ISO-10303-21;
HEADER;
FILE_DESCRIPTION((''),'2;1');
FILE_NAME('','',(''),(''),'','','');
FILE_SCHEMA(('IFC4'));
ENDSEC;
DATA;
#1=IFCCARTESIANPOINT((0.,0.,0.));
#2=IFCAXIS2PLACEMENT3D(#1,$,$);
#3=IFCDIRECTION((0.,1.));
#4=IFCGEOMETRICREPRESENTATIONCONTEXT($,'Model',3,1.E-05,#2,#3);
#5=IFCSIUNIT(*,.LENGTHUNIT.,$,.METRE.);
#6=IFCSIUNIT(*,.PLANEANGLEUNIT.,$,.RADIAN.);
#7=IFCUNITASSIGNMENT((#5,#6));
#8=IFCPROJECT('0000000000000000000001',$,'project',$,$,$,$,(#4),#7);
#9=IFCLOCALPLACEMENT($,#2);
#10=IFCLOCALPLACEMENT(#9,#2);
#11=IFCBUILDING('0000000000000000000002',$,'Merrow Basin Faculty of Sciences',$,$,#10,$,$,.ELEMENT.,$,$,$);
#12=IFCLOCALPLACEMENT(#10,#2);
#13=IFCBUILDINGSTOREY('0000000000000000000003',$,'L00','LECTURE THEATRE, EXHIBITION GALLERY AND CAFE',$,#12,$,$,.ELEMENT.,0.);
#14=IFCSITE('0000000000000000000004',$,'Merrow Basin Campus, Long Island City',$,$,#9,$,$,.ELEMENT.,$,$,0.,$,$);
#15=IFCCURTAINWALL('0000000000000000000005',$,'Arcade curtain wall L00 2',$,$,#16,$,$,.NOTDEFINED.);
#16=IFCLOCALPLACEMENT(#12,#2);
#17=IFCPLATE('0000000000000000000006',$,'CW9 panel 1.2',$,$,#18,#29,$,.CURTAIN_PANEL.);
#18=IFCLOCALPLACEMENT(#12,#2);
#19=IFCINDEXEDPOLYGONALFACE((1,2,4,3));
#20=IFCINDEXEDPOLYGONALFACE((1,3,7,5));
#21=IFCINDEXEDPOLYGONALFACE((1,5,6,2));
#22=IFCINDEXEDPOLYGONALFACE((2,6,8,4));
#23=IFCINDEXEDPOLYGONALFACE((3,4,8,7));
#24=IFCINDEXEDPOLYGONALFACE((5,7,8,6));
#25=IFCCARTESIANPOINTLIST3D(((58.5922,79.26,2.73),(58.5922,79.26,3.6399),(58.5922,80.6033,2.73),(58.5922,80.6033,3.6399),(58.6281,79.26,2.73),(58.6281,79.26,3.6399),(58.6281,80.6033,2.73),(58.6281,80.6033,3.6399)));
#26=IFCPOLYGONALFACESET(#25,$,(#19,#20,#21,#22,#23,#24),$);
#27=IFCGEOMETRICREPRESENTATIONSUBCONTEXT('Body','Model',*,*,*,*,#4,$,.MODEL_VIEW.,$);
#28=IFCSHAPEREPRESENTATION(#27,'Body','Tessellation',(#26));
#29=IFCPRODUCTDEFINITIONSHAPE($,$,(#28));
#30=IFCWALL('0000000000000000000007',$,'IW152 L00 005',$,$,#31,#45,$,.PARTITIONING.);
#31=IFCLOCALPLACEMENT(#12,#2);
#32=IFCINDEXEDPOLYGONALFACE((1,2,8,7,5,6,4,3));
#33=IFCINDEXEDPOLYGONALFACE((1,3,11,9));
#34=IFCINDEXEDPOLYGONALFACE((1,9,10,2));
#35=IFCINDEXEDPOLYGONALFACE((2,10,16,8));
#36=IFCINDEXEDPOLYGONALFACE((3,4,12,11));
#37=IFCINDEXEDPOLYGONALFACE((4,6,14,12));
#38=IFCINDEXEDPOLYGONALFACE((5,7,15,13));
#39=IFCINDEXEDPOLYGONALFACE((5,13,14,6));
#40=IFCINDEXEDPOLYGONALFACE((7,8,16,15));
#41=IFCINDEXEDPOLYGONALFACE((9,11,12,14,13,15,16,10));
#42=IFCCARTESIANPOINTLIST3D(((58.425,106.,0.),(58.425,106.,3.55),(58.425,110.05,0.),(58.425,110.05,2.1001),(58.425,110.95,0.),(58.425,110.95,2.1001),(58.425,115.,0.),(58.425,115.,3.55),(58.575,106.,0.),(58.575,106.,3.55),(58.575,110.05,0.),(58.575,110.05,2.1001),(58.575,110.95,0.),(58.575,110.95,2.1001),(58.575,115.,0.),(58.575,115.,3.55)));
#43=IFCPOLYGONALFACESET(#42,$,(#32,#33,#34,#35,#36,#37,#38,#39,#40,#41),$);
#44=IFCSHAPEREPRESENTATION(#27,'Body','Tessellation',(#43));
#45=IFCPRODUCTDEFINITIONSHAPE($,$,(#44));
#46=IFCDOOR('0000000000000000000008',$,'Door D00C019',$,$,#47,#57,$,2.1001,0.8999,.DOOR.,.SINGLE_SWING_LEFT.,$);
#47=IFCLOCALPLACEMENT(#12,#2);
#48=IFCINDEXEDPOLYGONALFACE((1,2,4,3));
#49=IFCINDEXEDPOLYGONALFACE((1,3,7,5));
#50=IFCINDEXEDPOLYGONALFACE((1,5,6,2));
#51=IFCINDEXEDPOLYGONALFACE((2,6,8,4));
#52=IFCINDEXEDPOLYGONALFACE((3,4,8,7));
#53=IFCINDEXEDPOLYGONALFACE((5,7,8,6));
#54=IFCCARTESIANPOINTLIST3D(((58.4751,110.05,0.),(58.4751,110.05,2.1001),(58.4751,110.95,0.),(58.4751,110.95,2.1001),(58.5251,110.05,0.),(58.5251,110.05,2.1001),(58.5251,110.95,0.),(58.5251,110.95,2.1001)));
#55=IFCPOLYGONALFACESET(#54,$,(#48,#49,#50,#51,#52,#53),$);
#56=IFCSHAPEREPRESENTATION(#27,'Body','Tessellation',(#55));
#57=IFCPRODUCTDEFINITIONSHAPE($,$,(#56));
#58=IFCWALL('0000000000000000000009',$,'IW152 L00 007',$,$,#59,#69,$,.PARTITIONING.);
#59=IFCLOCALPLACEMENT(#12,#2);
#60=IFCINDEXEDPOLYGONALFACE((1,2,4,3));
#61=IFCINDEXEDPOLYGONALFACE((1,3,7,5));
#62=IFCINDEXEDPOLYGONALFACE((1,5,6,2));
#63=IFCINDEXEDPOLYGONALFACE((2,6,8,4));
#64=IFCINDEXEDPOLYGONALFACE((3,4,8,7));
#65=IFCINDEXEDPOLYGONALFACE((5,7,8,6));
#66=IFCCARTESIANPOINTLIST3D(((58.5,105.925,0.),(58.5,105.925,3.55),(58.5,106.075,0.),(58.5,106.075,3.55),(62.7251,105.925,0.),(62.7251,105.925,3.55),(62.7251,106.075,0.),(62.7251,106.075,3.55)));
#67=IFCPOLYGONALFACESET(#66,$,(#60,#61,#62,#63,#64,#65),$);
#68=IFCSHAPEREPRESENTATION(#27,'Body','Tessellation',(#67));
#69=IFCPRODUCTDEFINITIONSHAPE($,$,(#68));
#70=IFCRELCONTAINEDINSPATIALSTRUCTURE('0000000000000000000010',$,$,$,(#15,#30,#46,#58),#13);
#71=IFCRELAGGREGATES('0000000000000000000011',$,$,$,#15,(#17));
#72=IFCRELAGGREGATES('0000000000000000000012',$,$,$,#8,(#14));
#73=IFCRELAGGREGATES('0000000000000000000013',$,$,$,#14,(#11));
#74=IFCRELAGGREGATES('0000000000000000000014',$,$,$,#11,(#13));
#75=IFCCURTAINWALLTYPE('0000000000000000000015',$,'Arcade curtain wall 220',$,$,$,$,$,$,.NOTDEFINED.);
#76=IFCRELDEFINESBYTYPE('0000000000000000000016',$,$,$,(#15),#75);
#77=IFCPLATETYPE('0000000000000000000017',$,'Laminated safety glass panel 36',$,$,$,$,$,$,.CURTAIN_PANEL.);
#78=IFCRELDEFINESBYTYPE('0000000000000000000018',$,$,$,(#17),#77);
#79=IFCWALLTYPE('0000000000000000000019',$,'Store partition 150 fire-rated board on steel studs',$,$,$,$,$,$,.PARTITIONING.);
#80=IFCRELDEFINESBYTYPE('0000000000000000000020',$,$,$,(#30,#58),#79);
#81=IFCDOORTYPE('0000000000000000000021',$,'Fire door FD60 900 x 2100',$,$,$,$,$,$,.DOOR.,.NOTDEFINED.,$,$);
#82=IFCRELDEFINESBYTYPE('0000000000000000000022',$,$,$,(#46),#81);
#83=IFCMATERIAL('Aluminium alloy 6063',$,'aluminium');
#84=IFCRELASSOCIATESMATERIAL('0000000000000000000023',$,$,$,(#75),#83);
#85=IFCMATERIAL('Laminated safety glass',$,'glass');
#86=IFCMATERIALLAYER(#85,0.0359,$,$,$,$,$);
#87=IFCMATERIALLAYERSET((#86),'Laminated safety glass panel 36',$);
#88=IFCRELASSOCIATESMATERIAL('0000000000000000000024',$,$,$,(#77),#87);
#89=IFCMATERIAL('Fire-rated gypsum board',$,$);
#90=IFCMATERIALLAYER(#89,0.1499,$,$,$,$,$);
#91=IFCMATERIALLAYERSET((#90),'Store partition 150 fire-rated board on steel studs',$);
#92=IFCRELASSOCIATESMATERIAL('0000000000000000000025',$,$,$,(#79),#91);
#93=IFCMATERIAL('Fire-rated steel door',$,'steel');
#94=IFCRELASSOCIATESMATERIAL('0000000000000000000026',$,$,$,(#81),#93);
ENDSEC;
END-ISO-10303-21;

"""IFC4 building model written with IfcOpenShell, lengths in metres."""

from ifc_helpers import new_model, si_unit, direction, frame, frame_2d, origin, origin_2d, place, context, subcontext, project, spatial, rectangle, extrude, material, layer, layer_set, type_object, element, fill, aggregate, save


model = new_model("IFC4")

# Units and contexts
model_context = context("Model", 3, precision=1e-05, world=origin(), true_north=direction((0.0, 1.0)))
body_context = subcontext(model_context, "Body", "Model", "MODEL_VIEW")
ifc_project = project(units=[si_unit("LENGTHUNIT", "METRE"), si_unit("PLANEANGLEUNIT", "RADIAN")], contexts=[model_context])

# Site, building, storey
site_placement = place(None, origin())
site = spatial("IfcSite", under=ifc_project, at=site_placement, Name="Merrow Basin Campus, Long Island City", CompositionType="ELEMENT", RefElevation=0.0)
building_placement = place(site_placement, origin())
building = spatial("IfcBuilding", under=site, at=building_placement, Name="Merrow Basin Faculty of Sciences", CompositionType="ELEMENT")
storey_placement = place(building_placement, origin())
storey = spatial("IfcBuildingStorey", under=building, at=storey_placement, Name="L00", Description="LECTURE THEATRE, EXHIBITION GALLERY AND CAFE", CompositionType="ELEMENT", Elevation=0.0)

# Shared definitions
ifc_material_1 = material(Name="Aluminium alloy 6063", Category="aluminium")
curtain_wall_type = type_object("IfcCurtainWallType", Name="Arcade curtain wall 220", PredefinedType="NOTDEFINED", material=ifc_material_1)

# Curtain wall
curtain_wall_1_placement = place(storey_placement, origin())
curtain_wall_1 = element("IfcCurtainWall", 1, at=curtain_wall_1_placement, inside=storey, type_object=curtain_wall_type, Name="Arcade curtain wall L00 2", PredefinedType="NOTDEFINED")

# Plate
ifc_material_2 = material(Name="Laminated safety glass", Category="glass")
ifc_layer_1 = layer(ifc_material_2, 0.0359)
ifc_layer_set_1 = layer_set([ifc_layer_1], Name="Laminated safety glass panel 36")
plate_type = type_object("IfcPlateType", Name="Laminated safety glass panel 36", PredefinedType="CURTAIN_PANEL", material=ifc_layer_set_1)
plate_1_placement = place(storey_placement, frame((58.6101, 79.9316, 2.73), z_axis=(0.0, 0.0, 1.0), x_axis=(0.0, 1.0, 0.0)))
plate_1 = element("IfcPlate", 2, at=plate_1_placement, type_object=plate_type, Name="CW9 panel 1.2", PredefinedType="CURTAIN_PANEL", context=body_context, shape_type="SweptSolid", body=[
    extrude(rectangle(XDim=1.3433, YDim=0.0359, at=origin_2d()), origin(), (0.0, 0.0, 1.0), 0.9099),
])
aggregate(curtain_wall_1, [plate_1])

# Wall, opening, door
ifc_material_3 = material(Name="Fire-rated gypsum board")
ifc_layer_2 = layer(ifc_material_3, 0.1499)
ifc_layer_set_2 = layer_set([ifc_layer_2], Name="Store partition 150 fire-rated board on steel studs")
wall_type = type_object("IfcWallType", Name="Store partition 150 fire-rated board on steel studs", PredefinedType="PARTITIONING", material=ifc_layer_set_2)
wall_1_placement = place(storey_placement, frame((58.5, 106.0, 0.0), z_axis=(0.0, 0.0, 1.0), x_axis=(0.0, 1.0, 0.0)))
wall_1 = element("IfcWall", 3, at=wall_1_placement, inside=storey, type_object=wall_type, Name="IW152 L00 005", PredefinedType="PARTITIONING", context=body_context, shape_type="SweptSolid", body=[
    extrude(rectangle(XDim=9.0, YDim=0.1499, at=frame_2d((4.5, 0.0))), origin(), (0.0, 0.0, 1.0), 3.55),
])
opening_placement = place(wall_1_placement, frame((4.05, 0.0, 0.0)))
opening = element("IfcOpeningElement", 4, at=opening_placement, cuts=wall_1, PredefinedType="OPENING", context=body_context, shape_type="SweptSolid", body=[
    extrude(rectangle(XDim=0.8999, YDim=2.1001, at=frame_2d((0.45, 1.05))), frame((0.0, 0.085, 0.0), z_axis=(0.0, -1.0, 0.0), x_axis=(1.0, 0.0, 0.0)), (0.0, 0.0, 1.0), 0.1699),
])
ifc_material_4 = material(Name="Fire-rated steel door", Category="steel")
door_type = type_object("IfcDoorType", Name="Fire door FD60 900 x 2100", OperationType="NOTDEFINED", PredefinedType="DOOR", material=ifc_material_4)
door_placement = place(opening_placement, origin())
door = element("IfcDoor", 5, at=door_placement, inside=storey, type_object=door_type, Name="Door D00C019", OperationType="SINGLE_SWING_LEFT", OverallHeight=2.1001, OverallWidth=0.8999, PredefinedType="DOOR", context=body_context, shape_type="SweptSolid", body=[
    extrude(rectangle(XDim=0.8999, YDim=2.1001, at=frame_2d((0.45, 1.05))), frame((0.0, 0.0249, 0.0), z_axis=(0.0, -1.0, 0.0), x_axis=(1.0, 0.0, 0.0)), (0.0, 0.0, 1.0), 0.05),
])
fill(opening, door)

# Wall
wall_2_placement = place(storey_placement, frame((58.5, 106.0, 0.0), z_axis=(0.0, 0.0, 1.0), x_axis=(1.0, 0.0, 0.0)))
element("IfcWall", 6, at=wall_2_placement, inside=storey, type_object=wall_type, Name="IW152 L00 007", PredefinedType="PARTITIONING", context=body_context, shape_type="SweptSolid", body=[
    extrude(rectangle(XDim=4.2251, YDim=0.1499, at=frame_2d((2.1125, 0.0))), origin(), (0.0, 0.0, 1.0), 3.55),
])

save(model, "model.ifc")
